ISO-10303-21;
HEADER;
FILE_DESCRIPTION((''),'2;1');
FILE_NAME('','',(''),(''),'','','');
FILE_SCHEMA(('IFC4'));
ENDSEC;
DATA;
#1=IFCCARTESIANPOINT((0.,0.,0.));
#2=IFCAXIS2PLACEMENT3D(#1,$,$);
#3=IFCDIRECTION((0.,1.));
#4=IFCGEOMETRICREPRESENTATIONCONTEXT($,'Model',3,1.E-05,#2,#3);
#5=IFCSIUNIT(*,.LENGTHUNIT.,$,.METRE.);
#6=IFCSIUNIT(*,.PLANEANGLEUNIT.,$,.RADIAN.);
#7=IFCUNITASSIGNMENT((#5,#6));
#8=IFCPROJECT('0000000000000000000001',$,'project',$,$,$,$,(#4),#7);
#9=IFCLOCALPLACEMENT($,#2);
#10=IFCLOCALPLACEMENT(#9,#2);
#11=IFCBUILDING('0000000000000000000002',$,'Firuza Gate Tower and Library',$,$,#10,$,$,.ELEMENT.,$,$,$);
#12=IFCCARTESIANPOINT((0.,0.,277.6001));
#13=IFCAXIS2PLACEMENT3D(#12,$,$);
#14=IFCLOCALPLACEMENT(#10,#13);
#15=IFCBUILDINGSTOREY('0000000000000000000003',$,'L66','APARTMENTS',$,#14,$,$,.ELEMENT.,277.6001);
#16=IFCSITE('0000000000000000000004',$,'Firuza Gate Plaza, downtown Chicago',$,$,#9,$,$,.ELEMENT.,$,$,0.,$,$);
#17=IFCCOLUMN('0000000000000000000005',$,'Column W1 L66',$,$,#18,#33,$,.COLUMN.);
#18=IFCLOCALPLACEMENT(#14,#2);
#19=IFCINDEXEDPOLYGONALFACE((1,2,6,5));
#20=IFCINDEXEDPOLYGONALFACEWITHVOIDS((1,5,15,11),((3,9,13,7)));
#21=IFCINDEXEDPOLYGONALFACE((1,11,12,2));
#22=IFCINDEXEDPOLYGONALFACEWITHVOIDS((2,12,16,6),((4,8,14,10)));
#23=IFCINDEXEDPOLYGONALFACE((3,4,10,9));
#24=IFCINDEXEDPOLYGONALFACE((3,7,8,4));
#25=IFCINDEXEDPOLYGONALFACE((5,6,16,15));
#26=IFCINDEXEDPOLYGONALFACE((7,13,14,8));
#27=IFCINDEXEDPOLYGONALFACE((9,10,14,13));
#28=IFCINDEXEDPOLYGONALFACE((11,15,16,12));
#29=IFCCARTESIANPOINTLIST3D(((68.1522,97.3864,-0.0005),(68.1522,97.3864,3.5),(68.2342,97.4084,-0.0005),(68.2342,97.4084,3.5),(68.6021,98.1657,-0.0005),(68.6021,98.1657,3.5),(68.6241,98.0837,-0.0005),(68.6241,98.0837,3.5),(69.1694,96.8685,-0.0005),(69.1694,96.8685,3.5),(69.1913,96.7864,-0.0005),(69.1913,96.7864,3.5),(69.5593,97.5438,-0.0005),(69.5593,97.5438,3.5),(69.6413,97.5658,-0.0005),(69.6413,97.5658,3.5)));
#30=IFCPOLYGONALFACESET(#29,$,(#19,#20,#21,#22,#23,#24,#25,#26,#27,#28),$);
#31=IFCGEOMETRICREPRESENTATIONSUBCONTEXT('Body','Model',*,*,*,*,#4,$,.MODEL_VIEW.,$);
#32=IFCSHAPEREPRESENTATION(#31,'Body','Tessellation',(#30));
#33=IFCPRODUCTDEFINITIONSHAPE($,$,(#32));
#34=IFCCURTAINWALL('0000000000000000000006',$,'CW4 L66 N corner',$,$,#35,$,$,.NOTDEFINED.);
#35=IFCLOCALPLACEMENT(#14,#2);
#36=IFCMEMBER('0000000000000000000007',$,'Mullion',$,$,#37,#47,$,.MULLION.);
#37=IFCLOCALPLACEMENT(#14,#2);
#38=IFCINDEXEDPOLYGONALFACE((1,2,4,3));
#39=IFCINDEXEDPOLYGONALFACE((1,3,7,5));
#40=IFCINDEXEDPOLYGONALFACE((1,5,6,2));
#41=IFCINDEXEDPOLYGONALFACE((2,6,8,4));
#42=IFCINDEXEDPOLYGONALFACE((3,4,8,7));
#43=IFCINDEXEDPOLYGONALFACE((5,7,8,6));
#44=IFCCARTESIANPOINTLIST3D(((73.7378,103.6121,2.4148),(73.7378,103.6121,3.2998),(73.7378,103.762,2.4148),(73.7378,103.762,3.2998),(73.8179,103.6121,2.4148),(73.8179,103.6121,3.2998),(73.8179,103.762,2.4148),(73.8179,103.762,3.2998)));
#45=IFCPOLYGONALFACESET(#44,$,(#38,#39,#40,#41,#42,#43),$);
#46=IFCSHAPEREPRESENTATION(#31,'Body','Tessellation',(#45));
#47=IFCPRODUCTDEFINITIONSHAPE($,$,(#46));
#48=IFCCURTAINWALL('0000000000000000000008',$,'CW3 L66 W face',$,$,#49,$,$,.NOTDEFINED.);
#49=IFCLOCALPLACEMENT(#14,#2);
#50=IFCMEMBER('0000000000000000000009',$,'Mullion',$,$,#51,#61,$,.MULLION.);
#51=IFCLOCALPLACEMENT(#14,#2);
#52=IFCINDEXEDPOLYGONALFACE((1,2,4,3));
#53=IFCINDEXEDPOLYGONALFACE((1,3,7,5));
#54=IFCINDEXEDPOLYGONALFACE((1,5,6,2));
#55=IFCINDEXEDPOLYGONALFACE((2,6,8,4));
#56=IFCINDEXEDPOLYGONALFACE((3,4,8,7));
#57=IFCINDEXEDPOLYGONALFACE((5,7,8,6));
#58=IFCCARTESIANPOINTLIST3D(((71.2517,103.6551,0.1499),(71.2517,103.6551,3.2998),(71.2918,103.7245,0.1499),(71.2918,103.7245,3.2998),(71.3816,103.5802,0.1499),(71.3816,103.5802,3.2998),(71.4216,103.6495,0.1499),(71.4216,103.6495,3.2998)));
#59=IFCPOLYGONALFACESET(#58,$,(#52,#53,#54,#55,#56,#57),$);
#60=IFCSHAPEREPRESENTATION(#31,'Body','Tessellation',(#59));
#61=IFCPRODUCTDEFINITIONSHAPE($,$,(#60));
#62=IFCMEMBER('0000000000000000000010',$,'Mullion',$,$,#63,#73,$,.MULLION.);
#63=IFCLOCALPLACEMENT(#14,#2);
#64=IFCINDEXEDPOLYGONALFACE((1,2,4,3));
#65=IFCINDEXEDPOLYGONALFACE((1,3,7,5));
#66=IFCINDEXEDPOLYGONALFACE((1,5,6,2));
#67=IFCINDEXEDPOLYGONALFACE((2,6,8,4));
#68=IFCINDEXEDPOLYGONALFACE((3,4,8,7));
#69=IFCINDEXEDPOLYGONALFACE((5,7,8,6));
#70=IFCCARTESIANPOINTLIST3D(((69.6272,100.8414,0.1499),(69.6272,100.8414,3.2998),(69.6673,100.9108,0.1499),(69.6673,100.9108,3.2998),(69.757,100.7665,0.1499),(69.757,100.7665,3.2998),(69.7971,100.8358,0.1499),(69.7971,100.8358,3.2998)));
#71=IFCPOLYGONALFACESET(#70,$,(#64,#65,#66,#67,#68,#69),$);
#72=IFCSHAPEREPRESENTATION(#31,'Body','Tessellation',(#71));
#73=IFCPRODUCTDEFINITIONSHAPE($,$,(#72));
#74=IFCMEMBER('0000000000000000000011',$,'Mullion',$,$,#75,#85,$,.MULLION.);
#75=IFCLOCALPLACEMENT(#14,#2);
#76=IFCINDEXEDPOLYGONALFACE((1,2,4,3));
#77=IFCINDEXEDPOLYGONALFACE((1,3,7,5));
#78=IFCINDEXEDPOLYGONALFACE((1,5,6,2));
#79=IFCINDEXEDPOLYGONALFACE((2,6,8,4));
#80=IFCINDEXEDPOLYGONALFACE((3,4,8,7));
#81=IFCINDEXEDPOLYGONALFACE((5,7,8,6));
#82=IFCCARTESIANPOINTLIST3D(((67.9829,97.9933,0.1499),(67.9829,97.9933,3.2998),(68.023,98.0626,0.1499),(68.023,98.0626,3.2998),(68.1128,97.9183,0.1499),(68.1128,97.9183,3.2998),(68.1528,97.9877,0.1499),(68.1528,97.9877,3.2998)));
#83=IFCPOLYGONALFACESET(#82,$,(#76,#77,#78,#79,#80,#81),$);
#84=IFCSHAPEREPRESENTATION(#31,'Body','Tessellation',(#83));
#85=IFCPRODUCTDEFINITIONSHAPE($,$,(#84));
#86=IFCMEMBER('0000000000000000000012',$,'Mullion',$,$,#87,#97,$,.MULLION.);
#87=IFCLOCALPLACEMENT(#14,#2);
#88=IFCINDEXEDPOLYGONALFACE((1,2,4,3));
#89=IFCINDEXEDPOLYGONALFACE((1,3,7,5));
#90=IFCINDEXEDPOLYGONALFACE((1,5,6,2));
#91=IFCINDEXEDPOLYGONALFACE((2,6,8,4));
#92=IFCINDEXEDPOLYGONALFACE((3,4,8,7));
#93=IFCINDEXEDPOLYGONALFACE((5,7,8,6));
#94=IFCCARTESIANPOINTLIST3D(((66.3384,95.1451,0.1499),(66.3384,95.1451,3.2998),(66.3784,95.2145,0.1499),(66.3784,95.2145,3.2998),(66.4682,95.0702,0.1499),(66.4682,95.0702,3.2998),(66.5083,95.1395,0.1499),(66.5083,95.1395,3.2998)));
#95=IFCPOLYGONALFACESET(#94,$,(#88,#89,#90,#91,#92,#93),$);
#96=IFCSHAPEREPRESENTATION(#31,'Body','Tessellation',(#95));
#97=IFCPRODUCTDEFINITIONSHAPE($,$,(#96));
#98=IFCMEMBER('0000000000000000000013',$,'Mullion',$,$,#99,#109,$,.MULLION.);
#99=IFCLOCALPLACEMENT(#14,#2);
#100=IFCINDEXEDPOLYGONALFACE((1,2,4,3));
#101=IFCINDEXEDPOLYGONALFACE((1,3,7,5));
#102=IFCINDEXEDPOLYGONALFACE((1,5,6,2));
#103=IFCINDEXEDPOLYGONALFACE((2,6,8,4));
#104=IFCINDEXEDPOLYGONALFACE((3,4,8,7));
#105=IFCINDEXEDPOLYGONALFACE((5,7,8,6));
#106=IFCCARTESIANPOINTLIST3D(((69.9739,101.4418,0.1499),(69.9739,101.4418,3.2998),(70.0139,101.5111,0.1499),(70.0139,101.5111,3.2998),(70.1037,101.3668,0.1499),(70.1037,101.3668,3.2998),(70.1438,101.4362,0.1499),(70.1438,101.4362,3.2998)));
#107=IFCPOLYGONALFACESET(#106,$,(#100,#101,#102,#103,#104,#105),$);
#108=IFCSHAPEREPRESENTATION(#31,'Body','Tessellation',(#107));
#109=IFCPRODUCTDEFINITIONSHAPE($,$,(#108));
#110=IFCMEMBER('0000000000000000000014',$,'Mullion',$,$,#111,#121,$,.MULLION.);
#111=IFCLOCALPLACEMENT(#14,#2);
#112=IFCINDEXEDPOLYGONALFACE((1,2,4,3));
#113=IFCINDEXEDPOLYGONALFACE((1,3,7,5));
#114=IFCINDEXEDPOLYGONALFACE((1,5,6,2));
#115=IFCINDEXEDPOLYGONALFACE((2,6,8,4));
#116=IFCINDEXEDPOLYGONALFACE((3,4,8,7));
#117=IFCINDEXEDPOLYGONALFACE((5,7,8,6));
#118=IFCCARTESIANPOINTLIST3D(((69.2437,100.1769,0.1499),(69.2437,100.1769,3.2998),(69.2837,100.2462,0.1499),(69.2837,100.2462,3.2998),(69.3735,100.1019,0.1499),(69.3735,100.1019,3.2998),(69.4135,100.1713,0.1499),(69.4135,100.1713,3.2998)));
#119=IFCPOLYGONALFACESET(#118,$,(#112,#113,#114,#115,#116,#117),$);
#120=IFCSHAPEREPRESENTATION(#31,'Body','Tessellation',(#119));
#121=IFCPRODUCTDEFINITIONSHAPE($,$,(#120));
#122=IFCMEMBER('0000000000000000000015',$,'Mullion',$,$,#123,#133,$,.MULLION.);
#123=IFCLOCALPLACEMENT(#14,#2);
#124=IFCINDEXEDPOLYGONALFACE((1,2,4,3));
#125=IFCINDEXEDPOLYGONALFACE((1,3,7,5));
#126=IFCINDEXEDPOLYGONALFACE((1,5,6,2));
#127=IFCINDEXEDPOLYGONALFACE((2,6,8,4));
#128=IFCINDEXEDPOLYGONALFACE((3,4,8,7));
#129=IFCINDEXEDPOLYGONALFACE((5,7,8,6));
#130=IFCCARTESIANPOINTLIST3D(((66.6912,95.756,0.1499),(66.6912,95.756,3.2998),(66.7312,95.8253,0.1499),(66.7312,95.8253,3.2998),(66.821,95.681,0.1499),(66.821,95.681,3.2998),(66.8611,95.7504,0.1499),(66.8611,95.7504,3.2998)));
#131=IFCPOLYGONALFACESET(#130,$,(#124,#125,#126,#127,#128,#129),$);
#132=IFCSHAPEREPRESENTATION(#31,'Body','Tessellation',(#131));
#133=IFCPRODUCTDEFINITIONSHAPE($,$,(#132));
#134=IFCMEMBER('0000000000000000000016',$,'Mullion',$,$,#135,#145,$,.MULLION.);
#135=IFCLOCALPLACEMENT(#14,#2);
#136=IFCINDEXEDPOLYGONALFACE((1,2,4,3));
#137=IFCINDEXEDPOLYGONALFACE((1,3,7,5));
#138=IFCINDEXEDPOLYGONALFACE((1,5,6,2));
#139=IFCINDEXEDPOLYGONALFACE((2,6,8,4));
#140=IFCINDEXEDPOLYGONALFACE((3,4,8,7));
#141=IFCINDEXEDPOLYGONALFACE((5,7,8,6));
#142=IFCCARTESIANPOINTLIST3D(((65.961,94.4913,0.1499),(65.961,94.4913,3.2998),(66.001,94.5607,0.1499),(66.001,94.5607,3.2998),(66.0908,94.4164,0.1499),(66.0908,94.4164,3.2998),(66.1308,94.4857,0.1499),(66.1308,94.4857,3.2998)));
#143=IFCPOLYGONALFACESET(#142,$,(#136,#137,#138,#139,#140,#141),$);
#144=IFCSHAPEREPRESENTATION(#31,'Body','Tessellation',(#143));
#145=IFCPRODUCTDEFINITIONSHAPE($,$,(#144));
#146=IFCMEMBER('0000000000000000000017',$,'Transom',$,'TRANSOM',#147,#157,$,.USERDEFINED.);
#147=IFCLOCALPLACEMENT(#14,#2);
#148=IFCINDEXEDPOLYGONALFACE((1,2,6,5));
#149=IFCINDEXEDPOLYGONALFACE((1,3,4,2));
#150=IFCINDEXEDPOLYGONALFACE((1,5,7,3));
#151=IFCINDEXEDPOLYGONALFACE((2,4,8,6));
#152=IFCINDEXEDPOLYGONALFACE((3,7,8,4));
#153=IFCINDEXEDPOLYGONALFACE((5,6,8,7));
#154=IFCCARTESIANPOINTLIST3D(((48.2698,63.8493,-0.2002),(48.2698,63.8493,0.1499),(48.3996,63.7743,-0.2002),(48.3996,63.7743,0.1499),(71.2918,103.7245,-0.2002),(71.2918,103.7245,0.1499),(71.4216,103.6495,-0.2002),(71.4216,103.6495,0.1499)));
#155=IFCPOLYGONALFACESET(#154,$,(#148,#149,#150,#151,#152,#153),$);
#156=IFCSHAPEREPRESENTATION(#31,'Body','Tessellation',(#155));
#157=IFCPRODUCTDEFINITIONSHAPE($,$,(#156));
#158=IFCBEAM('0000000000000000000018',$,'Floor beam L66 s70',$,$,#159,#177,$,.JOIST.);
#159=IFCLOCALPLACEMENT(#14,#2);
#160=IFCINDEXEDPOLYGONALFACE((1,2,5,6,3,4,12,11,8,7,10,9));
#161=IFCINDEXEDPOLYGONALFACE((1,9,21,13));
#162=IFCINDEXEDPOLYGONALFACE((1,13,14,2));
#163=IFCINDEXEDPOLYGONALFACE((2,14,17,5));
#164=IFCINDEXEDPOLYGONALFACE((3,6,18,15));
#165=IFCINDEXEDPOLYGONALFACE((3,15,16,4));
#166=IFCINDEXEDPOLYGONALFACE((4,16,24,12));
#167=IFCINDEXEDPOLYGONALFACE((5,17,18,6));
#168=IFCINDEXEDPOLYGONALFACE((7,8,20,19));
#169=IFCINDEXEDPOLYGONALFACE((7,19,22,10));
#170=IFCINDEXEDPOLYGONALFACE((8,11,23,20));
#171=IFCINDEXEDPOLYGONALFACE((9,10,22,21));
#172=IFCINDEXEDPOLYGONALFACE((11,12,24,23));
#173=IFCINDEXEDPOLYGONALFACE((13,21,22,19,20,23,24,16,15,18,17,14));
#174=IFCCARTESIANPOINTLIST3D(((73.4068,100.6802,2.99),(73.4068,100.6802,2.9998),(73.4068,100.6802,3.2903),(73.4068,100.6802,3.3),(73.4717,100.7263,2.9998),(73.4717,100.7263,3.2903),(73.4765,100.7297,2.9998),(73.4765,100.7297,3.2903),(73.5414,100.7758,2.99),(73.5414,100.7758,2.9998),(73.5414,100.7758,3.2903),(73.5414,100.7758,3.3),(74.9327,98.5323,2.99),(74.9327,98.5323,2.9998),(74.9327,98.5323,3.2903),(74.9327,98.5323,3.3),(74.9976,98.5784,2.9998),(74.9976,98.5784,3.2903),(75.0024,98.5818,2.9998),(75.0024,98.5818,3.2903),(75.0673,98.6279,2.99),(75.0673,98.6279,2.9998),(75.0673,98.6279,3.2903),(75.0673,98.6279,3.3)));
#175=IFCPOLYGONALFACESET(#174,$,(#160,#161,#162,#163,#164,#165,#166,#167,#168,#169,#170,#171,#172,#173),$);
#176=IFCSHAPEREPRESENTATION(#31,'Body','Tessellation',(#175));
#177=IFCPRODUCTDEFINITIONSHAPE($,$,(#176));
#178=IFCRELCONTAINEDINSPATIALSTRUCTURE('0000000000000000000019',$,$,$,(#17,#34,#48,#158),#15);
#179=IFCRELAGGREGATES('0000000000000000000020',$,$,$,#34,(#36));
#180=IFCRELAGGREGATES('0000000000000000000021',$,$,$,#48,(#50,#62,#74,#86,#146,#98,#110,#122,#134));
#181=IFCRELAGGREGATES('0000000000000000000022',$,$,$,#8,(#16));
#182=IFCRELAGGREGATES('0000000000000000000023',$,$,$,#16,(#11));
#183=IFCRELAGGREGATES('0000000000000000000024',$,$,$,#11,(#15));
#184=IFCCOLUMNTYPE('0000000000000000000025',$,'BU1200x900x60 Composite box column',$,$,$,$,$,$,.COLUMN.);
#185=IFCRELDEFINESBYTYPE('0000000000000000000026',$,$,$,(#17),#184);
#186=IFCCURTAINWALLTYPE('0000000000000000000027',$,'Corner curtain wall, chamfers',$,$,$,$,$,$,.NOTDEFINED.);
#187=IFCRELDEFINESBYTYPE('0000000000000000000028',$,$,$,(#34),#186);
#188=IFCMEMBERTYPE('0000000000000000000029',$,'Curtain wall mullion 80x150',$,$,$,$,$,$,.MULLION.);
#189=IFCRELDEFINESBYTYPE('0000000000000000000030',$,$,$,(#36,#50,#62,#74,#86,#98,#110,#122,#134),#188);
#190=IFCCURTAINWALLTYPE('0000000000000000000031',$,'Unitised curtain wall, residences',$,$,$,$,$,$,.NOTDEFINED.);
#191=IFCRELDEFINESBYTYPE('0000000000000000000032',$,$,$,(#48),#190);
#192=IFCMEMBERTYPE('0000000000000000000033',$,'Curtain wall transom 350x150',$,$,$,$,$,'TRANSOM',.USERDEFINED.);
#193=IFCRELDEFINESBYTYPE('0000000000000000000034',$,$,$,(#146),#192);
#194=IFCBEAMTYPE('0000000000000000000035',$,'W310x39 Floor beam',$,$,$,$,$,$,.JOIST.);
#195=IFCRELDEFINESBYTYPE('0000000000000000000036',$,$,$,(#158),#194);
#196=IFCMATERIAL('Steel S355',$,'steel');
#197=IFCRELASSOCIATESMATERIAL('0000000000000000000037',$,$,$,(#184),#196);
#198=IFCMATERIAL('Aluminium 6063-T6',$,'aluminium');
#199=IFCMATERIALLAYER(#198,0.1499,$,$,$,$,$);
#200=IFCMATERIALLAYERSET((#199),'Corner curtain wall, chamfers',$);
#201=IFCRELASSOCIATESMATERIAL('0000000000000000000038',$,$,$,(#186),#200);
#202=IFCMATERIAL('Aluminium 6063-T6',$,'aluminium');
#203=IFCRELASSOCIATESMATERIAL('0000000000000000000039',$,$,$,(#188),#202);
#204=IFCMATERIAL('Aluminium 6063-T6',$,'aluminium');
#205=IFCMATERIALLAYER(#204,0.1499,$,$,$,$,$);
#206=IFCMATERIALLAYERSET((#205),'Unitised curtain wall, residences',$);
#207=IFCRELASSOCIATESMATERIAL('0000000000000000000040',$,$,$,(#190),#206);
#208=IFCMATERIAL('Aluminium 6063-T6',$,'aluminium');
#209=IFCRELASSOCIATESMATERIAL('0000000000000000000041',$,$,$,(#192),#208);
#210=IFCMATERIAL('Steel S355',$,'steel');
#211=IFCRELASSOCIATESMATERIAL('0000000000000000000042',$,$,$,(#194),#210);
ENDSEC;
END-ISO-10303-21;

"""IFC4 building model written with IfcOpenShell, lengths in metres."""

from ifc_helpers import new_model, si_unit, direction, frame, origin, origin_2d, place, context, subcontext, project, spatial, rectangle, hollow_rectangle, i_section, extrude, material, layer, layer_set, material_profile, profile_set, type_object, element, aggregate, save


model = new_model("IFC4")

# Units and contexts
model_context = context("Model", 3, precision=1e-05, world=origin(), true_north=direction((0.0, 1.0)))
body_context = subcontext(model_context, "Body", "Model", "MODEL_VIEW")
ifc_project = project(units=[si_unit("LENGTHUNIT", "METRE"), si_unit("PLANEANGLEUNIT", "RADIAN")], contexts=[model_context])

# Site, building, storey
site_placement = place(None, origin())
site = spatial("IfcSite", under=ifc_project, at=site_placement, Name="Firuza Gate Plaza, downtown Chicago", CompositionType="ELEMENT", RefElevation=0.0)
building_placement = place(site_placement, origin())
building = spatial("IfcBuilding", under=site, at=building_placement, Name="Firuza Gate Tower and Library", CompositionType="ELEMENT")
storey_placement = place(building_placement, frame((0.0, 0.0, 277.6001)))
storey = spatial("IfcBuildingStorey", under=building, at=storey_placement, Name="L66", Description="APARTMENTS", CompositionType="ELEMENT", Elevation=277.6001)

# Column
ifc_material_1 = material(Name="Steel S355", Category="steel")
ifc_material_profile_1 = material_profile(ifc_material_1, hollow_rectangle(XDim=0.8999, YDim=1.2, WallThickness=0.0601, at=origin_2d()))
ifc_profile_set_1 = profile_set([ifc_material_profile_1], Name="Steel S355")
column_type = type_object("IfcColumnType", Name="BU1200x900x60 Composite box column", PredefinedType="COLUMN", material=ifc_profile_set_1)
column_placement = place(storey_placement, frame((68.8967, 97.4761, -0.0005), z_axis=(0.0, 0.0, 1.0), x_axis=(-0.5, -0.866025, 0.0)))
element("IfcColumn", 1, at=column_placement, inside=storey, type_object=column_type, Name="Column W1 L66", PredefinedType="COLUMN", context=body_context, shape_type="SweptSolid", body=[
    extrude(hollow_rectangle(XDim=0.8999, YDim=1.2, WallThickness=0.0601, at=origin_2d()), origin(), (0.0, 0.0, 1.0), 3.5005),
])

# Curtain wall, member
ifc_material_2 = material(Name="Aluminium 6063-T6", Category="aluminium")
ifc_layer_1 = layer(ifc_material_2, 0.1499)
ifc_layer_set_1 = layer_set([ifc_layer_1], Name="Corner curtain wall, chamfers")
curtain_wall_type_1 = type_object("IfcCurtainWallType", Name="Corner curtain wall, chamfers", PredefinedType="NOTDEFINED", material=ifc_layer_set_1)
placement = place(storey_placement, origin())
curtain_wall_1 = element("IfcCurtainWall", 2, at=placement, inside=storey, type_object=curtain_wall_type_1, Name="CW4 L66 N corner", PredefinedType="NOTDEFINED")
ifc_material_3 = material(Name="Aluminium 6063-T6", Category="aluminium")
ifc_material_profile_2 = material_profile(ifc_material_3, rectangle(XDim=0.1499, YDim=0.0801, at=origin_2d()))
ifc_profile_set_2 = profile_set([ifc_material_profile_2], Name="Aluminium 6063-T6")
member_type_1 = type_object("IfcMemberType", Name="Curtain wall mullion 80x150", PredefinedType="MULLION", material=ifc_profile_set_2)
member_1_placement = place(storey_placement, frame((73.7778, 103.687, 2.4148), z_axis=(0.0, 0.0, 1.0), x_axis=(0.0, -1.0, 0.0)))
member_1 = element("IfcMember", 3, at=member_1_placement, type_object=member_type_1, Name="Mullion", PredefinedType="MULLION", context=body_context, shape_type="SweptSolid", body=[
    extrude(rectangle(XDim=0.1499, YDim=0.0801, at=origin_2d()), origin(), (0.0, 0.0, 1.0), 0.885),
])

# Curtain wall, members
ifc_material_4 = material(Name="Aluminium 6063-T6", Category="aluminium")
ifc_layer_2 = layer(ifc_material_4, 0.1499)
ifc_layer_set_2 = layer_set([ifc_layer_2], Name="Unitised curtain wall, residences")
curtain_wall_type_2 = type_object("IfcCurtainWallType", Name="Unitised curtain wall, residences", PredefinedType="NOTDEFINED", material=ifc_layer_set_2)
curtain_wall_2 = element("IfcCurtainWall", 4, at=placement, inside=storey, type_object=curtain_wall_type_2, Name="CW3 L66 W face", PredefinedType="NOTDEFINED")
member_2_placement = place(storey_placement, frame((71.3367, 103.6523, 0.1499), z_axis=(0.0, 0.0, 1.0), x_axis=(0.866025, -0.5, 0.0)))
member_2 = element("IfcMember", 5, at=member_2_placement, type_object=member_type_1, Name="Mullion", PredefinedType="MULLION", context=body_context, shape_type="SweptSolid", body=[
    extrude(rectangle(XDim=0.1499, YDim=0.0801, at=origin_2d()), origin(), (0.0, 0.0, 1.0), 3.1499),
])
member_3_placement = place(storey_placement, frame((69.7122, 100.8386, 0.1499), z_axis=(0.0, 0.0, 1.0), x_axis=(0.866025, -0.5, 0.0)))
member_3 = element("IfcMember", 6, at=member_3_placement, type_object=member_type_1, Name="Mullion", PredefinedType="MULLION", context=body_context, shape_type="SweptSolid", body=[
    extrude(rectangle(XDim=0.1499, YDim=0.0801, at=origin_2d()), origin(), (0.0, 0.0, 1.0), 3.1499),
])
member_4_placement = place(storey_placement, frame((68.0679, 97.9905, 0.1499), z_axis=(0.0, 0.0, 1.0), x_axis=(0.866025, -0.5, 0.0)))
member_4 = element("IfcMember", 7, at=member_4_placement, type_object=member_type_1, Name="Mullion", PredefinedType="MULLION", context=body_context, shape_type="SweptSolid", body=[
    extrude(rectangle(XDim=0.1499, YDim=0.0801, at=origin_2d()), origin(), (0.0, 0.0, 1.0), 3.1499),
])
member_5_placement = place(storey_placement, frame((66.4233, 95.1423, 0.1499), z_axis=(0.0, 0.0, 1.0), x_axis=(0.866025, -0.5, 0.0)))
member_5 = element("IfcMember", 8, at=member_5_placement, type_object=member_type_1, Name="Mullion", PredefinedType="MULLION", context=body_context, shape_type="SweptSolid", body=[
    extrude(rectangle(XDim=0.1499, YDim=0.0801, at=origin_2d()), origin(), (0.0, 0.0, 1.0), 3.1499),
])
member_6_placement = place(storey_placement, frame((70.0588, 101.439, 0.1499), z_axis=(0.0, 0.0, 1.0), x_axis=(0.866025, -0.5, 0.0)))
member_6 = element("IfcMember", 9, at=member_6_placement, type_object=member_type_1, Name="Mullion", PredefinedType="MULLION", context=body_context, shape_type="SweptSolid", body=[
    extrude(rectangle(XDim=0.1499, YDim=0.0801, at=origin_2d()), origin(), (0.0, 0.0, 1.0), 3.1499),
])
member_7_placement = place(storey_placement, frame((69.3286, 100.1741, 0.1499), z_axis=(0.0, 0.0, 1.0), x_axis=(0.866025, -0.5, 0.0)))
member_7 = element("IfcMember", 10, at=member_7_placement, type_object=member_type_1, Name="Mullion", PredefinedType="MULLION", context=body_context, shape_type="SweptSolid", body=[
    extrude(rectangle(XDim=0.1499, YDim=0.0801, at=origin_2d()), origin(), (0.0, 0.0, 1.0), 3.1499),
])
member_8_placement = place(storey_placement, frame((66.7761, 95.7532, 0.1499), z_axis=(0.0, 0.0, 1.0), x_axis=(0.866025, -0.5, 0.0)))
member_8 = element("IfcMember", 11, at=member_8_placement, type_object=member_type_1, Name="Mullion", PredefinedType="MULLION", context=body_context, shape_type="SweptSolid", body=[
    extrude(rectangle(XDim=0.1499, YDim=0.0801, at=origin_2d()), origin(), (0.0, 0.0, 1.0), 3.1499),
])
member_9_placement = place(storey_placement, frame((66.0459, 94.4885, 0.1499), z_axis=(0.0, 0.0, 1.0), x_axis=(0.866025, -0.5, 0.0)))
member_9 = element("IfcMember", 12, at=member_9_placement, type_object=member_type_1, Name="Mullion", PredefinedType="MULLION", context=body_context, shape_type="SweptSolid", body=[
    extrude(rectangle(XDim=0.1499, YDim=0.0801, at=origin_2d()), origin(), (0.0, 0.0, 1.0), 3.1499),
])
ifc_material_5 = material(Name="Aluminium 6063-T6", Category="aluminium")
ifc_material_profile_3 = material_profile(ifc_material_5, rectangle(XDim=0.1499, YDim=0.3501, at=origin_2d()))
ifc_profile_set_3 = profile_set([ifc_material_profile_3], Name="Aluminium 6063-T6")
member_type_2 = type_object("IfcMemberType", Name="Curtain wall transom 350x150", ElementType="TRANSOM", PredefinedType="USERDEFINED", material=ifc_profile_set_3)
member_10_placement = place(storey_placement, frame((71.3567, 103.687, -0.0251), z_axis=(-0.5, -0.866026, 0.0), x_axis=(0.866026, -0.5, 0.0)))
member_10 = element("IfcMember", 13, at=member_10_placement, type_object=member_type_2, Name="Transom", ObjectType="TRANSOM", PredefinedType="USERDEFINED", context=body_context, shape_type="SweptSolid", body=[
    extrude(rectangle(XDim=0.1499, YDim=0.3501, at=origin_2d()), origin(), (0.0, 0.0, 1.0), 46.0439),
])

# Beam
ifc_material_6 = material(Name="Steel S355", Category="steel")
ifc_material_profile_4 = material_profile(ifc_material_6, i_section(OverallWidth=0.165, OverallDepth=0.3101, WebThickness=0.0059, FlangeThickness=0.0098, at=origin_2d()))
ifc_profile_set_4 = profile_set([ifc_material_profile_4], Name="Steel S355")
beam_type_1 = type_object("IfcBeamType", Name="W310x39 Floor beam", PredefinedType="JOIST", material=ifc_profile_set_4)
beam_1_placement = place(storey_placement, frame((73.4741, 100.728, 3.145), z_axis=(0.579133, -0.815233, 0.0), x_axis=(0.815233, 0.579133, 0.0)))
element("IfcBeam", 14, at=beam_1_placement, inside=storey, type_object=beam_type_1, Name="Floor beam L66 s70", PredefinedType="JOIST", context=body_context, shape_type="SweptSolid", body=[
    extrude(i_section(OverallWidth=0.165, OverallDepth=0.3101, WebThickness=0.0059, FlangeThickness=0.0098, at=origin_2d()), origin(), (0.0, 0.0, 1.0), 2.6348),
])

aggregate(curtain_wall_1, [member_1])
aggregate(curtain_wall_2, [member_2, member_3, member_4, member_5, member_10, member_6, member_7, member_8, member_9])

save(model, "model.ifc")
